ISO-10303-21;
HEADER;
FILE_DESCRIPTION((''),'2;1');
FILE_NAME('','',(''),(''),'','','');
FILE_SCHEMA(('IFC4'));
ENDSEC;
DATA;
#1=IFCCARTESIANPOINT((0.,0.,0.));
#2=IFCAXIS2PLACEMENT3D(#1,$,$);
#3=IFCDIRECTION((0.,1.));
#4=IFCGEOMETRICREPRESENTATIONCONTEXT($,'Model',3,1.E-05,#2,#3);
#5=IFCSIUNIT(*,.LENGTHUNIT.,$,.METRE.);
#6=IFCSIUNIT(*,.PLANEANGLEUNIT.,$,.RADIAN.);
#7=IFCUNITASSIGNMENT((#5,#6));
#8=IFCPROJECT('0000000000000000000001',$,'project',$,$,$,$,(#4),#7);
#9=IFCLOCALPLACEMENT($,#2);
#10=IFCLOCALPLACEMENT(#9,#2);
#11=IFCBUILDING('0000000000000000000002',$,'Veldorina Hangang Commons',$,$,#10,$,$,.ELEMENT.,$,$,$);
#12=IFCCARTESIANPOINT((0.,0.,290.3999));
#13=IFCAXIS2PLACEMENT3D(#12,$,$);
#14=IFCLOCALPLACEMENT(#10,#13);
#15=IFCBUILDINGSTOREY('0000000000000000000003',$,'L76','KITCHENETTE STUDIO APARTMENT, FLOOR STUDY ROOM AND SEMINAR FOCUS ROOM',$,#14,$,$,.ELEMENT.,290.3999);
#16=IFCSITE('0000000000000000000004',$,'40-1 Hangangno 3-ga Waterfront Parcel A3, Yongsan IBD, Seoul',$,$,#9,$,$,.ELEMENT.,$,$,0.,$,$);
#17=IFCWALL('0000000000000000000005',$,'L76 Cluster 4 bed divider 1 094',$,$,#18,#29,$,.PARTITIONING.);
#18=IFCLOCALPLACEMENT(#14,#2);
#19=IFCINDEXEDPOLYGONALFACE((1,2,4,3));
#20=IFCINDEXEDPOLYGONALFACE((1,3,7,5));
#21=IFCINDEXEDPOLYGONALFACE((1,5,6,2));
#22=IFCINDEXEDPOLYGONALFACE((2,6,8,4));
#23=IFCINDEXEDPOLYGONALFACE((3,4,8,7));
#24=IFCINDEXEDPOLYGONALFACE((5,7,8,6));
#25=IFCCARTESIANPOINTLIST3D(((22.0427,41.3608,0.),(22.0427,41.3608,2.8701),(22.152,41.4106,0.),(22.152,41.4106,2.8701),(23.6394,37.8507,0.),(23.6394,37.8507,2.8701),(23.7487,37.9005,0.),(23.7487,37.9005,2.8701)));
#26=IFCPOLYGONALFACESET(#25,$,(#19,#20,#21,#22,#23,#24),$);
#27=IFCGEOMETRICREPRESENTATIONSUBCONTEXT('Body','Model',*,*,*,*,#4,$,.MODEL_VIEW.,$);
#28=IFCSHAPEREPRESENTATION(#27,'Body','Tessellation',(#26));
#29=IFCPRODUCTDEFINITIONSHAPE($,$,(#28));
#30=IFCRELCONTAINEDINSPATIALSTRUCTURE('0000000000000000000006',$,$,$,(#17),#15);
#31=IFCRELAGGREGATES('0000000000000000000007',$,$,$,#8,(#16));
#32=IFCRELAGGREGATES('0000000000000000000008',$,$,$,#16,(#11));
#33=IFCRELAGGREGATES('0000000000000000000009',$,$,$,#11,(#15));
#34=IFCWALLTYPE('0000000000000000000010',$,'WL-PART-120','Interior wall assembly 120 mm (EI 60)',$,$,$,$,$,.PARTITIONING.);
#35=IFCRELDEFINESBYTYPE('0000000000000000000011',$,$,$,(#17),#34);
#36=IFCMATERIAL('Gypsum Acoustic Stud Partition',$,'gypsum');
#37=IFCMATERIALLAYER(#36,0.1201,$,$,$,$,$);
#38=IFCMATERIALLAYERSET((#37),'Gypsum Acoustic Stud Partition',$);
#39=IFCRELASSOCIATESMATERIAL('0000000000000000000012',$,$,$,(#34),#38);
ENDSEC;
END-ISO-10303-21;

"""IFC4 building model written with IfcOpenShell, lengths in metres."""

from ifc_helpers import new_model, si_unit, direction, frame, frame_2d, origin, place, context, subcontext, project, spatial, rectangle, extrude, material, layer, layer_set, type_object, element, save


model = new_model("IFC4")

# Units and contexts
model_context = context("Model", 3, precision=1e-05, world=origin(), true_north=direction((0.0, 1.0)))
body_context = subcontext(model_context, "Body", "Model", "MODEL_VIEW")
ifc_project = project(units=[si_unit("LENGTHUNIT", "METRE"), si_unit("PLANEANGLEUNIT", "RADIAN")], contexts=[model_context])

# Site, building, storey
site_placement = place(None, origin())
site = spatial("IfcSite", under=ifc_project, at=site_placement, Name="40-1 Hangangno 3-ga Waterfront Parcel A3, Yongsan IBD, Seoul", CompositionType="ELEMENT", RefElevation=0.0)
building_placement = place(site_placement, origin())
building = spatial("IfcBuilding", under=site, at=building_placement, Name="Veldorina Hangang Commons", CompositionType="ELEMENT")
storey_placement = place(building_placement, frame((0.0, 0.0, 290.3999)))
storey = spatial("IfcBuildingStorey", under=building, at=storey_placement, Name="L76", Description="KITCHENETTE STUDIO APARTMENT, FLOOR STUDY ROOM AND SEMINAR FOCUS ROOM", CompositionType="ELEMENT", Elevation=290.3999)

# Shared definitions
ifc_material_1 = material(Name="Gypsum Acoustic Stud Partition", Category="gypsum")
ifc_layer_1 = layer(ifc_material_1, 0.1201)
ifc_layer_set_1 = layer_set([ifc_layer_1], Name="Gypsum Acoustic Stud Partition")
wall_type_1 = type_object("IfcWallType", Name="WL-PART-120", Description="Interior wall assembly 120 mm (EI 60)", PredefinedType="PARTITIONING", material=ifc_layer_set_1)

# Wall
wall_1_placement = place(storey_placement, frame((23.6941, 37.8755, 0.0), z_axis=(0.0, 0.0, 1.0), x_axis=(-0.414065, 0.910247, 0.0)))
element("IfcWall", 1, at=wall_1_placement, inside=storey, type_object=wall_type_1, Name="L76 Cluster 4 bed divider 1 094", PredefinedType="PARTITIONING", context=body_context, shape_type="SweptSolid", body=[
    extrude(rectangle(XDim=3.8562, YDim=0.1201, at=frame_2d((1.9282, 0.0))), origin(), (0.0, 0.0, 1.0), 2.8701),
])

save(model, "model.ifc")
